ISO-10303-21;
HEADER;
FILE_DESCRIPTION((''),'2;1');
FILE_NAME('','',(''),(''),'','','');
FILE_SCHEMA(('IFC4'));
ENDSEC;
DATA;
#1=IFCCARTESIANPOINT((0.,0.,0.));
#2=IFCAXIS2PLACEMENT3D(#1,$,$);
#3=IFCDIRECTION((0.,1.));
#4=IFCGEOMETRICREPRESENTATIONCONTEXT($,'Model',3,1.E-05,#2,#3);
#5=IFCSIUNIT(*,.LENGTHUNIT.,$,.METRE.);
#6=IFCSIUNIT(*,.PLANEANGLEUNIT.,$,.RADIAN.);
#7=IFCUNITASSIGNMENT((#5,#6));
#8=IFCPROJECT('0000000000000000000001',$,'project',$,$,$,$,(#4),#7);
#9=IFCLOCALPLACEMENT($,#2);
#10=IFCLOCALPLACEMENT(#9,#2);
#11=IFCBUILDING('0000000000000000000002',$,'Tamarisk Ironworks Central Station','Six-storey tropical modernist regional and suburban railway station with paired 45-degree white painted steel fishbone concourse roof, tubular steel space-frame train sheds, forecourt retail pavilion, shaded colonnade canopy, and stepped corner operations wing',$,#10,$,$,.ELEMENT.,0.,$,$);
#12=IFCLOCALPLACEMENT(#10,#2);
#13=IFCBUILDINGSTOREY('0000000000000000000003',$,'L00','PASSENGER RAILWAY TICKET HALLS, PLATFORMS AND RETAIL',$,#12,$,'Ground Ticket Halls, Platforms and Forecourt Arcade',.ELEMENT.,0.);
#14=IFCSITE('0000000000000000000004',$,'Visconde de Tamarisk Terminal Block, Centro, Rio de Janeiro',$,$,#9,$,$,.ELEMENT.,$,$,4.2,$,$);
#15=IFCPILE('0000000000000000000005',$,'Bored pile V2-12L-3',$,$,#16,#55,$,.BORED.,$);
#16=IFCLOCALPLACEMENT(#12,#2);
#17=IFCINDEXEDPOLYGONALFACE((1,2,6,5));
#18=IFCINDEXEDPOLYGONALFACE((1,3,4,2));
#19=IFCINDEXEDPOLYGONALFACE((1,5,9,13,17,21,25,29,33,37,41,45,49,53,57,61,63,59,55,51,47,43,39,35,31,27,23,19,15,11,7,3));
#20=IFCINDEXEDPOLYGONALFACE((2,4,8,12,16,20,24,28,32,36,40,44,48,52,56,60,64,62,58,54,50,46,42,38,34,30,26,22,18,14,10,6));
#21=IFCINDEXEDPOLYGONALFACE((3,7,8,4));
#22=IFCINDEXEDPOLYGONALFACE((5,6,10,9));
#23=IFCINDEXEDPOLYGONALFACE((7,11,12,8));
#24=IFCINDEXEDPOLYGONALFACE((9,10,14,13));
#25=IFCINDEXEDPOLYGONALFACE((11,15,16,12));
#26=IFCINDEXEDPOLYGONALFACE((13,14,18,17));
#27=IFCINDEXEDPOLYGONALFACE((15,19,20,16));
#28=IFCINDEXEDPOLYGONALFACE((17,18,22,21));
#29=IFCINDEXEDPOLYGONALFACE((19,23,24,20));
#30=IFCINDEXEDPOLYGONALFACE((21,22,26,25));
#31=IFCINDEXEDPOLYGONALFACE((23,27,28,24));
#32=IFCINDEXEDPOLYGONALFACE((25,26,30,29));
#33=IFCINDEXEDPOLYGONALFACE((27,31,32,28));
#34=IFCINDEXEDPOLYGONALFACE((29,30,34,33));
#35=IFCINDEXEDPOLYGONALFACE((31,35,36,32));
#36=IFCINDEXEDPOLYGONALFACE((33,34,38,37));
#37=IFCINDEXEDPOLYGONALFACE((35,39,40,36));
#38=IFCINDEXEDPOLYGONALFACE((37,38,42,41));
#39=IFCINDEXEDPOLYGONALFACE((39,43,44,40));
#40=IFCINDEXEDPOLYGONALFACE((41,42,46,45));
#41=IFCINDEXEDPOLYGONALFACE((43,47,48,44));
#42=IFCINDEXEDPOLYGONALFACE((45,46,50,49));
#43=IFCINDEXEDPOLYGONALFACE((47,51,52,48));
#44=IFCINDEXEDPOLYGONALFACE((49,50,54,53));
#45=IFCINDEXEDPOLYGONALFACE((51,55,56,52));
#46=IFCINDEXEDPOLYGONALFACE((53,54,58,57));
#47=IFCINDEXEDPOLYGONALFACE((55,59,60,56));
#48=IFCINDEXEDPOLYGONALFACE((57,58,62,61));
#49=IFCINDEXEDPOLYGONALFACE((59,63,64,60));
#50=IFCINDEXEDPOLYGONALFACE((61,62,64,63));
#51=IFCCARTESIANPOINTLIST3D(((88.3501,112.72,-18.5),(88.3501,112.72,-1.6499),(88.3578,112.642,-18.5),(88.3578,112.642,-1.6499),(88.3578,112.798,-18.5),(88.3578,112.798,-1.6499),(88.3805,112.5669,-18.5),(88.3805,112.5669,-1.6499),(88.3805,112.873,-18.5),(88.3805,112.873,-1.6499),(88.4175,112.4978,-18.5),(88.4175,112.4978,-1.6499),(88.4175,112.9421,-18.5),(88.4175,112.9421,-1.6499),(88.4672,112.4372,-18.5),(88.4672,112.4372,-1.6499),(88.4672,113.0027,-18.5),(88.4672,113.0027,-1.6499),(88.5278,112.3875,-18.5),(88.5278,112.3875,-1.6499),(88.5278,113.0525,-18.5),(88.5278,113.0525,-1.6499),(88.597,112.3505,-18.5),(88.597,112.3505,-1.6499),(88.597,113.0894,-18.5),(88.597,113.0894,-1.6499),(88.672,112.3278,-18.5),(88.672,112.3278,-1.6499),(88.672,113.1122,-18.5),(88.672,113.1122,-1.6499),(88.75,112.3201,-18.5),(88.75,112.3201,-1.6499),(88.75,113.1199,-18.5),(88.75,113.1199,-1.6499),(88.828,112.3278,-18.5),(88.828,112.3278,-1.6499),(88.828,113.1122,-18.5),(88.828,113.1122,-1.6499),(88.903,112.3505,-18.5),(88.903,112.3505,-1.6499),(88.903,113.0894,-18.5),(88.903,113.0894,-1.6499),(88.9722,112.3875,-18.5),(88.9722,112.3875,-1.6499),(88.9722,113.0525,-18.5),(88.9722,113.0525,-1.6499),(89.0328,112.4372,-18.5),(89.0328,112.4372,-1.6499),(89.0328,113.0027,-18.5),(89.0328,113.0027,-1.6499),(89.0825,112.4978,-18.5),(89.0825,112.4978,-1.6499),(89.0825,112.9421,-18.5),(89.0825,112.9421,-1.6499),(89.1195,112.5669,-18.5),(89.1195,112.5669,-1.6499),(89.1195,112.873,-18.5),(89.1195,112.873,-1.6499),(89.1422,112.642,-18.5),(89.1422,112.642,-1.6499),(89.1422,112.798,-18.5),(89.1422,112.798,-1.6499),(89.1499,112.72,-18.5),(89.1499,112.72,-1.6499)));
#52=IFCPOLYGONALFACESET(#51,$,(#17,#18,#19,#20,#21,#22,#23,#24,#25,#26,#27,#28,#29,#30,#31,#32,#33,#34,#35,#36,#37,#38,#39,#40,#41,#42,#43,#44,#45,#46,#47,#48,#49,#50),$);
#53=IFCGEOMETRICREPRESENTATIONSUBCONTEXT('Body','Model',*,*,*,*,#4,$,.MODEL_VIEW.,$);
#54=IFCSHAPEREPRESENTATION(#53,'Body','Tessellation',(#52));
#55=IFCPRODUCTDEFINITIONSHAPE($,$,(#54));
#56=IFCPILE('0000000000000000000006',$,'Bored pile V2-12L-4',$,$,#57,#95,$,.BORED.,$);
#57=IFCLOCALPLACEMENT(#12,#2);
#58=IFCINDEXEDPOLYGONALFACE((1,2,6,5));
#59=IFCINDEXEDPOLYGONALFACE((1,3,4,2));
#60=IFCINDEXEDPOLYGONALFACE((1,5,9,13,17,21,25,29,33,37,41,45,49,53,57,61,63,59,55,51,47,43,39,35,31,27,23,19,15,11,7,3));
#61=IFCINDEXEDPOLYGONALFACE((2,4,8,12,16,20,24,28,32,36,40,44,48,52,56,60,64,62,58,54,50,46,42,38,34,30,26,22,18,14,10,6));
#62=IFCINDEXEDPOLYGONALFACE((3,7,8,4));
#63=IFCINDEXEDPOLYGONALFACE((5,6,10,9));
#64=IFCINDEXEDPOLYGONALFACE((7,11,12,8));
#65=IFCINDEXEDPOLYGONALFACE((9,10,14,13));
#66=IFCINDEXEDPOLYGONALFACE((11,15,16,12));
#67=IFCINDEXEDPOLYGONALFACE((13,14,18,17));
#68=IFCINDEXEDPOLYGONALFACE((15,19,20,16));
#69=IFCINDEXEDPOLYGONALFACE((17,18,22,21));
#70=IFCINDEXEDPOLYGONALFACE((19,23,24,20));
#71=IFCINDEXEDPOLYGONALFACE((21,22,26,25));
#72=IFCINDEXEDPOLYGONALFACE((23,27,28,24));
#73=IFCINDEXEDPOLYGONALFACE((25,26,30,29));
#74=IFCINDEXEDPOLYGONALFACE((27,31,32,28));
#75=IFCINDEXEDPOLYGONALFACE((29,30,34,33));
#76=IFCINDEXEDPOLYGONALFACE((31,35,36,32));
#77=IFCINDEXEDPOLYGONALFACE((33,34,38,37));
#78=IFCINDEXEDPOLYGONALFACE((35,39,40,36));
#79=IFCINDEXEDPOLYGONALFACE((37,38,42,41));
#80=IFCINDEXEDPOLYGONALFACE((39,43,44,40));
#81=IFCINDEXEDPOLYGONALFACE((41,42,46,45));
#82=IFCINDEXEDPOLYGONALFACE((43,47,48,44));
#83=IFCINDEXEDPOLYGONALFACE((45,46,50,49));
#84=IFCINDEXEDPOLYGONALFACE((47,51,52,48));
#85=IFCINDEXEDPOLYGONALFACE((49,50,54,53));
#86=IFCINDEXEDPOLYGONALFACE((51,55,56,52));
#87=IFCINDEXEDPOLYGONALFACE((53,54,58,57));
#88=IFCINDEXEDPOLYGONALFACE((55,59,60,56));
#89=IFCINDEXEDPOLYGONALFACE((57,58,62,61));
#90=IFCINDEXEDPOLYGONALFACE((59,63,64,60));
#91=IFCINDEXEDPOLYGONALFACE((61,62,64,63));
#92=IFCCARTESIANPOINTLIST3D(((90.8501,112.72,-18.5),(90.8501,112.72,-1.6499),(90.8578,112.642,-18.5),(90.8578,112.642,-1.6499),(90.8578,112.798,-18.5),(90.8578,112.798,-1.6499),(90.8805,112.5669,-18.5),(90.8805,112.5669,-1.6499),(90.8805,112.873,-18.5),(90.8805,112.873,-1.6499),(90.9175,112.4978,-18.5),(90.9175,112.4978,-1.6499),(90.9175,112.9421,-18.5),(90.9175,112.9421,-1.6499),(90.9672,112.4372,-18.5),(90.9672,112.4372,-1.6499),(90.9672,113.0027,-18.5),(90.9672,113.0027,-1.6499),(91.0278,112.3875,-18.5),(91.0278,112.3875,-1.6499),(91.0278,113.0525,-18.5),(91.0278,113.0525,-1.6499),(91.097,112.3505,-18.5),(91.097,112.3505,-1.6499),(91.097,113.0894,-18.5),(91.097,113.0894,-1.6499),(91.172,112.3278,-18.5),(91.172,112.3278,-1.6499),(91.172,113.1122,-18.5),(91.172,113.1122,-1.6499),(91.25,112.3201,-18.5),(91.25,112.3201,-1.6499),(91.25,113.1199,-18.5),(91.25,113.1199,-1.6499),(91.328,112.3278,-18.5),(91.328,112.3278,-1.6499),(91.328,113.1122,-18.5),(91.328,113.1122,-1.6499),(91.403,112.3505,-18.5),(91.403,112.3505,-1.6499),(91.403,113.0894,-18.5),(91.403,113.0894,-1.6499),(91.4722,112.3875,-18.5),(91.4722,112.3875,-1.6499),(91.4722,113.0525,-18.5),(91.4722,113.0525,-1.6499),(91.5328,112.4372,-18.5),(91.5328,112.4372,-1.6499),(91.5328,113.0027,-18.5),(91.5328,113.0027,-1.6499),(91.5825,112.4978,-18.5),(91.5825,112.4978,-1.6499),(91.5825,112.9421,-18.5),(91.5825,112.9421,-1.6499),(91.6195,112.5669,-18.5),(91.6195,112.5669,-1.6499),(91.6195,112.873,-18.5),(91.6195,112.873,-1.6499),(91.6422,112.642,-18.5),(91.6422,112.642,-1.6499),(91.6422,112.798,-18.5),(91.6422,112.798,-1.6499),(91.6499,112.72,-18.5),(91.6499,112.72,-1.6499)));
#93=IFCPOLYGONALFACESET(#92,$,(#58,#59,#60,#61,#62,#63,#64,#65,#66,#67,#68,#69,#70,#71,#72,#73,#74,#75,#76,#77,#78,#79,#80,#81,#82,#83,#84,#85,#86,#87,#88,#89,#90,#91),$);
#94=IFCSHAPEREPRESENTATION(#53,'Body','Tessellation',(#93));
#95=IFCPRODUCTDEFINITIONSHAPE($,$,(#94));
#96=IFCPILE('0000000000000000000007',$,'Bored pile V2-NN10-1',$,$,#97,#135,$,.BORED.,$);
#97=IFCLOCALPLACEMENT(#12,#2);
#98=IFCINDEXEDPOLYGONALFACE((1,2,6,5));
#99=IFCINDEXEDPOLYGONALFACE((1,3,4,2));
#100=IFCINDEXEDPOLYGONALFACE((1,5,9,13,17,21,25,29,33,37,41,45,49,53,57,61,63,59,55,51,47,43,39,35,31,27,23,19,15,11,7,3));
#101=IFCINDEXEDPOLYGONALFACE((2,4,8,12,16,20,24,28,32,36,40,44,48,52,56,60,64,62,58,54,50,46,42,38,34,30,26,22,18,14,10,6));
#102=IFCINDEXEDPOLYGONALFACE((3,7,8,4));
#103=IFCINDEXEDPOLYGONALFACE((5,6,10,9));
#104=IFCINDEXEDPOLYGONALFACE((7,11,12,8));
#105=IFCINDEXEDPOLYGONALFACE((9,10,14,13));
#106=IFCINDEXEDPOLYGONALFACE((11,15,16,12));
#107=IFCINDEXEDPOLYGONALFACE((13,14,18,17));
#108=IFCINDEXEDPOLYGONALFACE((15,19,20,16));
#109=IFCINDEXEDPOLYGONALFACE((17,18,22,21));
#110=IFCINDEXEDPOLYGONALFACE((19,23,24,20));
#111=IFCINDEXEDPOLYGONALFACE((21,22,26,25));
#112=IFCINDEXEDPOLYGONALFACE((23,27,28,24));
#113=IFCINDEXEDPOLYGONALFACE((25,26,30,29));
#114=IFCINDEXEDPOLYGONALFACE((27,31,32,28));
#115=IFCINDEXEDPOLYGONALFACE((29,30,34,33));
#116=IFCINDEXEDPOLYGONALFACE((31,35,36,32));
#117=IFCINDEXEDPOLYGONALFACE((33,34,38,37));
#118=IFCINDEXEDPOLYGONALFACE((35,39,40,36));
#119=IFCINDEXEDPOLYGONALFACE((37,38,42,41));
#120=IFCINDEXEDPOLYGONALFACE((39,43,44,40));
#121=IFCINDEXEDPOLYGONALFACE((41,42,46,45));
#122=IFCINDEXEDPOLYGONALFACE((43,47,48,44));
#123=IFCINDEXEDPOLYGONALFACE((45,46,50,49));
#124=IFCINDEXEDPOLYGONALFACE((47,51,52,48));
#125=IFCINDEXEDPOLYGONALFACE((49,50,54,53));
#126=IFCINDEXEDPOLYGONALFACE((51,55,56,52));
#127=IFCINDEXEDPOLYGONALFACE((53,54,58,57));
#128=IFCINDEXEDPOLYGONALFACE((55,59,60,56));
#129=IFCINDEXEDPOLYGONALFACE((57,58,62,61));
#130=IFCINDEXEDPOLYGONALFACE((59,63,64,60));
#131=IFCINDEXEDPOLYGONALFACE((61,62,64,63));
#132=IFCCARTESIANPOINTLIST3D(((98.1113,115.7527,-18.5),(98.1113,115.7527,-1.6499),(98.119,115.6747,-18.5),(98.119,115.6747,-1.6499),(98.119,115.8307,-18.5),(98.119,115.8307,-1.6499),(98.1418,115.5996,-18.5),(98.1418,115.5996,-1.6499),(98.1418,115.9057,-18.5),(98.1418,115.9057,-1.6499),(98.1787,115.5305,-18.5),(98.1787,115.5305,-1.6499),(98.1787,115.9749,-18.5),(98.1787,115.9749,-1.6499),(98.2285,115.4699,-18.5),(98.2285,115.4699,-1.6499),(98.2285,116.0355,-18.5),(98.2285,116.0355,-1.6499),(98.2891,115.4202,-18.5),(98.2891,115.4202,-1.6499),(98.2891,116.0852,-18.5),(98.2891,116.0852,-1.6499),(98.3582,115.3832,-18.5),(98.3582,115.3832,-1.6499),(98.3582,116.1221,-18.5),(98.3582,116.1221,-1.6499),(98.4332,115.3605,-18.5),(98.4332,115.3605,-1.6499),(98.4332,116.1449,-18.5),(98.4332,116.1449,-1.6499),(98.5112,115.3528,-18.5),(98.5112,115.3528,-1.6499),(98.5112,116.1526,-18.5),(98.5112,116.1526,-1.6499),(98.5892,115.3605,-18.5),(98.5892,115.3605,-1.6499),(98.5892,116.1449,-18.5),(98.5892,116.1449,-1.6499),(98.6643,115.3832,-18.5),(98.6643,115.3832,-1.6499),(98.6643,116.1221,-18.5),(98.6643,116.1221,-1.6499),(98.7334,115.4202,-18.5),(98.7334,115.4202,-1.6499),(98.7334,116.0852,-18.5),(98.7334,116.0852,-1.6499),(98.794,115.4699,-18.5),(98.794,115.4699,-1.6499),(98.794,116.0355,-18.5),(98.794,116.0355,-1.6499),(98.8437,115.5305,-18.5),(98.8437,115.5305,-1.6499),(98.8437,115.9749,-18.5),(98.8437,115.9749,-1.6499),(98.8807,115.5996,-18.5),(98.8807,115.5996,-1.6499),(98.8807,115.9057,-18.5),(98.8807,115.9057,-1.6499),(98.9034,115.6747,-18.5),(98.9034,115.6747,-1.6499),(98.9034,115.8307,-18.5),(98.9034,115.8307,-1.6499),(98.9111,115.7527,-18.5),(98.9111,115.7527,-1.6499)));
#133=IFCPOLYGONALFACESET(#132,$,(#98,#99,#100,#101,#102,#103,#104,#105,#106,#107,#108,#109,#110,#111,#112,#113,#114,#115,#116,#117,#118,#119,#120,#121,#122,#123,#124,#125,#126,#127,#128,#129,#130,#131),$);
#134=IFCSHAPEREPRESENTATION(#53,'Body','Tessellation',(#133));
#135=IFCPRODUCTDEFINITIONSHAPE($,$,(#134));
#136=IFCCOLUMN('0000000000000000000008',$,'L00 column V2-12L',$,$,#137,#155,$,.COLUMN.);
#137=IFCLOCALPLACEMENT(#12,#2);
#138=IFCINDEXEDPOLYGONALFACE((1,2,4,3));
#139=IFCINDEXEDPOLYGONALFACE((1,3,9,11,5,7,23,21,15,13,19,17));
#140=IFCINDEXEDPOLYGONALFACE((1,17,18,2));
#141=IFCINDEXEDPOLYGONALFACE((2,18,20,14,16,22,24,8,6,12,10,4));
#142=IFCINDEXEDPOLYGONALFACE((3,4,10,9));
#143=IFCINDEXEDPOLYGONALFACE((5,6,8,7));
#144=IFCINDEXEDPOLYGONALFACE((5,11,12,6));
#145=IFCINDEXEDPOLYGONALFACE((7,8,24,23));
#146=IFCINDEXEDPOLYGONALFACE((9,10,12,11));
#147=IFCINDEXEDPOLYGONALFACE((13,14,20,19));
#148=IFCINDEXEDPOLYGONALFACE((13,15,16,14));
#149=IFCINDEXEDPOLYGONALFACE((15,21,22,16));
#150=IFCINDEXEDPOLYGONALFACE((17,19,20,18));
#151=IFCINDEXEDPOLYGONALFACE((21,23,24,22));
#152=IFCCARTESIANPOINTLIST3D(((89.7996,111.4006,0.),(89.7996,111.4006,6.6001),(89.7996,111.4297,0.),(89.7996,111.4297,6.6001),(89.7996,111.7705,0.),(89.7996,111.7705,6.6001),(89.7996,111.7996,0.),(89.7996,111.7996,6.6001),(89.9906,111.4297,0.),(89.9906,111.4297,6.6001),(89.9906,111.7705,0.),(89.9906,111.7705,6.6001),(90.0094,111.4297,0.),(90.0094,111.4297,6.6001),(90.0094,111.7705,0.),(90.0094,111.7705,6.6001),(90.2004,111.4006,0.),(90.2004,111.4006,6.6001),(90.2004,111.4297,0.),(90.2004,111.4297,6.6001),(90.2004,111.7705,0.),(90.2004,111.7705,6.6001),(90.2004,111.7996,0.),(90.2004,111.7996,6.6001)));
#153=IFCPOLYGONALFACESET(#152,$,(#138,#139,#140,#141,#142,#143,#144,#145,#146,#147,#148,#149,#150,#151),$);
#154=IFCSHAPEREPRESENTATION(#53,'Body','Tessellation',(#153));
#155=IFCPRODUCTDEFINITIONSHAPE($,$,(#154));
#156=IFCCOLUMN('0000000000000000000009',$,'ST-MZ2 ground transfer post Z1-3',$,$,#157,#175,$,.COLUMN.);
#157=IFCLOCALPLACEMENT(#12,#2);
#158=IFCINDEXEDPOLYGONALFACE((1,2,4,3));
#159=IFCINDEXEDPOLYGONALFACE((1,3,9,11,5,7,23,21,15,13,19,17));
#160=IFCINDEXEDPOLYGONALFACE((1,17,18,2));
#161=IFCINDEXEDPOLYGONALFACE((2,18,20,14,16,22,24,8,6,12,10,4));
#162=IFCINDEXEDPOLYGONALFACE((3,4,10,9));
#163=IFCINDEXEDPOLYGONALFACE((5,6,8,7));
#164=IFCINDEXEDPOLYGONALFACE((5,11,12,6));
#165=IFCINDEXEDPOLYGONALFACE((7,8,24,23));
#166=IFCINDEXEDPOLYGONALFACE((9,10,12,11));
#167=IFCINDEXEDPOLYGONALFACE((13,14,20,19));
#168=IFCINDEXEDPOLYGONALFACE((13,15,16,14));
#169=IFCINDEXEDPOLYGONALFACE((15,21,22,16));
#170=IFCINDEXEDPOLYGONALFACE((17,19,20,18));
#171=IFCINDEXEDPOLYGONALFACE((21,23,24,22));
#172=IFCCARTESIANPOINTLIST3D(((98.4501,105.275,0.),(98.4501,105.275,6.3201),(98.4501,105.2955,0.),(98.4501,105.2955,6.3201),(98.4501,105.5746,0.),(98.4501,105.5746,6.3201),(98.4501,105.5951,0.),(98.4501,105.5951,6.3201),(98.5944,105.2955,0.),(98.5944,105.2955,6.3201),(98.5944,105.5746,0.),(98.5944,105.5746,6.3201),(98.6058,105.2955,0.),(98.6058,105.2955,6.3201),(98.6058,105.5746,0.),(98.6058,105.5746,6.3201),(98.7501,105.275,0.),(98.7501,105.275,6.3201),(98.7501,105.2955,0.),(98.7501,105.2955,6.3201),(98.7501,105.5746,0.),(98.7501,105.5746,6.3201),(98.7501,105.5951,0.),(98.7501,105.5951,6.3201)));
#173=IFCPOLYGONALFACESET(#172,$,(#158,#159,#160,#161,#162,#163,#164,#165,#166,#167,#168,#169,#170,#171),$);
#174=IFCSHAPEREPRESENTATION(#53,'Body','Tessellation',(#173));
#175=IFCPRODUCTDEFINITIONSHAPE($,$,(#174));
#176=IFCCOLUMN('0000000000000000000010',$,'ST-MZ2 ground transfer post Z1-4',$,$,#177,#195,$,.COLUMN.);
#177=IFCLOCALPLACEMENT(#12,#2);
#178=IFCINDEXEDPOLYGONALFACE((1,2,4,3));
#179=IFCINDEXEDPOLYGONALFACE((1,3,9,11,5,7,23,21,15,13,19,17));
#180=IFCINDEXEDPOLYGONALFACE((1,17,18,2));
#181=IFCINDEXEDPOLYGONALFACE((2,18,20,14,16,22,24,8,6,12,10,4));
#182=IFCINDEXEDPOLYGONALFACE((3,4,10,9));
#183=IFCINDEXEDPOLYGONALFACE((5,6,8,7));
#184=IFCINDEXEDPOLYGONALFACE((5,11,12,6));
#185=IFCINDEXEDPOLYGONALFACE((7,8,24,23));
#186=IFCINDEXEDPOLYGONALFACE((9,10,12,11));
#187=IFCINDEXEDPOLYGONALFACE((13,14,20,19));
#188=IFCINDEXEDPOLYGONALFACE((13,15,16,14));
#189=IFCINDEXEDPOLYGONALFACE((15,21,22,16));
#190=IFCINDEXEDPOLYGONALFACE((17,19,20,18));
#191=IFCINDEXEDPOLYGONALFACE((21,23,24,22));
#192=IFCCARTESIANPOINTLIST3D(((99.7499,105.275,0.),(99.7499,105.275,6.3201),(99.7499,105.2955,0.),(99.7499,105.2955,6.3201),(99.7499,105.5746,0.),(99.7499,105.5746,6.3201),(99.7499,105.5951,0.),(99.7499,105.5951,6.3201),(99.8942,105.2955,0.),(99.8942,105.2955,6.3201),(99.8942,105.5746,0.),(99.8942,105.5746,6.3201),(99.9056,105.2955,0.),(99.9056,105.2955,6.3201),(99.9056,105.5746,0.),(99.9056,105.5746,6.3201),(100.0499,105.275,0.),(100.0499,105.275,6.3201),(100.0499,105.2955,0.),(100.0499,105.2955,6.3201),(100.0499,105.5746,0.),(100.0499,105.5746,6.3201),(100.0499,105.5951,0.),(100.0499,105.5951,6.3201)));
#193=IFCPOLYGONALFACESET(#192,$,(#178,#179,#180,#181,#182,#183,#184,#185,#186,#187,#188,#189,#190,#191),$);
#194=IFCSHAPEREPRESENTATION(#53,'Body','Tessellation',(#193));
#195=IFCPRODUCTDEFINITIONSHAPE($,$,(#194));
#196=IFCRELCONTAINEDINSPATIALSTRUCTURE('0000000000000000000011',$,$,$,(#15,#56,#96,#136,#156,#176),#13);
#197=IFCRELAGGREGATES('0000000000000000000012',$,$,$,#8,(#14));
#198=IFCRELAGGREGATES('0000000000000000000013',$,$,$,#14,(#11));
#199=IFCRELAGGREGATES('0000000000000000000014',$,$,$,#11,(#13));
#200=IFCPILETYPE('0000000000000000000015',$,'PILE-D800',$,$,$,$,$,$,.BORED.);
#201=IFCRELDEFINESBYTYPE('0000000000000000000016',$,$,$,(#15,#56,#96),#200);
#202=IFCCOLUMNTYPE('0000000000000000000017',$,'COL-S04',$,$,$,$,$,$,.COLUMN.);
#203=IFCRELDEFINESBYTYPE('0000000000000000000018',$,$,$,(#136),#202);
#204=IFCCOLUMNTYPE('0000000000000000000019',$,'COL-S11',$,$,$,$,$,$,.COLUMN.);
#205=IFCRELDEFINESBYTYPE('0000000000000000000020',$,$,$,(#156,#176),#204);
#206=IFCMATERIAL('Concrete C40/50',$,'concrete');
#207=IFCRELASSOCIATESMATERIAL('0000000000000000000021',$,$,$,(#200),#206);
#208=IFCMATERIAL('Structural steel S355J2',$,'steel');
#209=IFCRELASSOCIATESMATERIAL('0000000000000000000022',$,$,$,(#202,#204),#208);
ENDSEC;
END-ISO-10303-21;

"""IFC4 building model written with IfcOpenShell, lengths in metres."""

from ifc_helpers import new_model, si_unit, direction, frame, origin, origin_2d, place, context, subcontext, project, spatial, circle, i_section, extrude, material, material_profile, profile_set, type_object, element, save


model = new_model("IFC4")

# Units and contexts
model_context = context("Model", 3, precision=1e-05, world=origin(), true_north=direction((0.0, 1.0)))
body_context = subcontext(model_context, "Body", "Model", "MODEL_VIEW")
ifc_project = project(units=[si_unit("LENGTHUNIT", "METRE"), si_unit("PLANEANGLEUNIT", "RADIAN")], contexts=[model_context])

# Site, building, storey
site_placement = place(None, origin())
site = spatial("IfcSite", under=ifc_project, at=site_placement, Name="Visconde de Tamarisk Terminal Block, Centro, Rio de Janeiro", CompositionType="ELEMENT", RefElevation=4.2)
building_placement = place(site_placement, origin())
building = spatial("IfcBuilding", under=site, at=building_placement, Name="Tamarisk Ironworks Central Station", Description="Six-storey tropical modernist regional and suburban railway station with paired 45-degree white painted steel fishbone concourse roof, tubular steel space-frame train sheds, forecourt retail pavilion, shaded colonnade canopy, and stepped corner operations wing", CompositionType="ELEMENT", ElevationOfRefHeight=0.0)
storey_placement = place(building_placement, origin())
storey = spatial("IfcBuildingStorey", under=building, at=storey_placement, Name="L00", Description="PASSENGER RAILWAY TICKET HALLS, PLATFORMS AND RETAIL", LongName="Ground Ticket Halls, Platforms and Forecourt Arcade", CompositionType="ELEMENT", Elevation=0.0)

# Shared definitions
ifc_material_1 = material(Name="Concrete C40/50", Category="concrete")

# Piles
ifc_material_profile_1 = material_profile(ifc_material_1, circle(Radius=0.3999, at=origin_2d()), Name="BORED PILE D800")
ifc_profile_set_1 = profile_set([ifc_material_profile_1], Name="Concrete C40/50")
pile_type = type_object("IfcPileType", Name="PILE-D800", PredefinedType="BORED", material=ifc_profile_set_1)
for number, where, z_axis, x_axis, name in (
    (1, (88.75, 112.72, -1.6499), (0.0, 0.0, -1.0), (1.0, 0.0, 0.0), "Bored pile V2-12L-3"),
    (2, (91.25, 112.72, -1.6499), (0.0, 0.0, -1.0), (1.0, 0.0, 0.0), "Bored pile V2-12L-4"),
    (3, (98.5112, 115.7527, -1.6499), (0.0, 0.0, -1.0), (1.0, 0.0, 0.0), "Bored pile V2-NN10-1"),
):
    element("IfcPile", number, at=place(storey_placement, frame(where, z_axis=z_axis, x_axis=x_axis)), inside=storey, type_object=pile_type, Name=name, PredefinedType="BORED", context=body_context, shape_type="SweptSolid", body=[
        extrude(circle(Radius=0.3999, at=origin_2d()), origin(), (0.0, 0.0, 1.0), 16.8501),
    ])

# Columns
ifc_material_2 = material(Name="Structural steel S355J2", Category="steel")
ifc_material_profile_2 = material_profile(ifc_material_2, i_section(OverallWidth=0.4009, OverallDepth=0.3989, WebThickness=0.0188, FlangeThickness=0.0291, at=origin_2d()), Name="HD 400x314")
ifc_profile_set_2 = profile_set([ifc_material_profile_2], Name="Structural steel S355J2")
column_type_1 = type_object("IfcColumnType", Name="COL-S04", PredefinedType="COLUMN", material=ifc_profile_set_2)
column_1_placement = place(storey_placement, frame((90.0, 111.6001, 0.0), z_axis=(0.0, 0.0, 1.0), x_axis=(1.0, 0.0, 0.0)))
element("IfcColumn", 4, at=column_1_placement, inside=storey, type_object=column_type_1, Name="L00 column V2-12L", PredefinedType="COLUMN", context=body_context, shape_type="SweptSolid", body=[
    extrude(i_section(OverallWidth=0.4009, OverallDepth=0.3989, WebThickness=0.0188, FlangeThickness=0.0291, at=origin_2d()), origin(), (0.0, 0.0, 1.0), 6.6001),
])
ifc_material_profile_3 = material_profile(ifc_material_2, i_section(OverallWidth=0.3, OverallDepth=0.3201, WebThickness=0.0115, FlangeThickness=0.0205, at=origin_2d()), Name="HEB 320")
ifc_profile_set_3 = profile_set([ifc_material_profile_3], Name="Structural steel S355J2")
column_type_2 = type_object("IfcColumnType", Name="COL-S11", PredefinedType="COLUMN", material=ifc_profile_set_3)
for number, where, z_axis, x_axis, name in (
    (5, (98.6001, 105.4351, 0.0), (0.0, 0.0, 1.0), (1.0, 0.0, 0.0), "ST-MZ2 ground transfer post Z1-3"),
    (6, (99.8999, 105.4351, 0.0), (0.0, 0.0, 1.0), (1.0, 0.0, 0.0), "ST-MZ2 ground transfer post Z1-4"),
):
    element("IfcColumn", number, at=place(storey_placement, frame(where, z_axis=z_axis, x_axis=x_axis)), inside=storey, type_object=column_type_2, Name=name, PredefinedType="COLUMN", context=body_context, shape_type="SweptSolid", body=[
        extrude(i_section(OverallWidth=0.3, OverallDepth=0.3201, WebThickness=0.0115, FlangeThickness=0.0205, at=origin_2d()), origin(), (0.0, 0.0, 1.0), 6.3201),
    ])

save(model, "model.ifc")
